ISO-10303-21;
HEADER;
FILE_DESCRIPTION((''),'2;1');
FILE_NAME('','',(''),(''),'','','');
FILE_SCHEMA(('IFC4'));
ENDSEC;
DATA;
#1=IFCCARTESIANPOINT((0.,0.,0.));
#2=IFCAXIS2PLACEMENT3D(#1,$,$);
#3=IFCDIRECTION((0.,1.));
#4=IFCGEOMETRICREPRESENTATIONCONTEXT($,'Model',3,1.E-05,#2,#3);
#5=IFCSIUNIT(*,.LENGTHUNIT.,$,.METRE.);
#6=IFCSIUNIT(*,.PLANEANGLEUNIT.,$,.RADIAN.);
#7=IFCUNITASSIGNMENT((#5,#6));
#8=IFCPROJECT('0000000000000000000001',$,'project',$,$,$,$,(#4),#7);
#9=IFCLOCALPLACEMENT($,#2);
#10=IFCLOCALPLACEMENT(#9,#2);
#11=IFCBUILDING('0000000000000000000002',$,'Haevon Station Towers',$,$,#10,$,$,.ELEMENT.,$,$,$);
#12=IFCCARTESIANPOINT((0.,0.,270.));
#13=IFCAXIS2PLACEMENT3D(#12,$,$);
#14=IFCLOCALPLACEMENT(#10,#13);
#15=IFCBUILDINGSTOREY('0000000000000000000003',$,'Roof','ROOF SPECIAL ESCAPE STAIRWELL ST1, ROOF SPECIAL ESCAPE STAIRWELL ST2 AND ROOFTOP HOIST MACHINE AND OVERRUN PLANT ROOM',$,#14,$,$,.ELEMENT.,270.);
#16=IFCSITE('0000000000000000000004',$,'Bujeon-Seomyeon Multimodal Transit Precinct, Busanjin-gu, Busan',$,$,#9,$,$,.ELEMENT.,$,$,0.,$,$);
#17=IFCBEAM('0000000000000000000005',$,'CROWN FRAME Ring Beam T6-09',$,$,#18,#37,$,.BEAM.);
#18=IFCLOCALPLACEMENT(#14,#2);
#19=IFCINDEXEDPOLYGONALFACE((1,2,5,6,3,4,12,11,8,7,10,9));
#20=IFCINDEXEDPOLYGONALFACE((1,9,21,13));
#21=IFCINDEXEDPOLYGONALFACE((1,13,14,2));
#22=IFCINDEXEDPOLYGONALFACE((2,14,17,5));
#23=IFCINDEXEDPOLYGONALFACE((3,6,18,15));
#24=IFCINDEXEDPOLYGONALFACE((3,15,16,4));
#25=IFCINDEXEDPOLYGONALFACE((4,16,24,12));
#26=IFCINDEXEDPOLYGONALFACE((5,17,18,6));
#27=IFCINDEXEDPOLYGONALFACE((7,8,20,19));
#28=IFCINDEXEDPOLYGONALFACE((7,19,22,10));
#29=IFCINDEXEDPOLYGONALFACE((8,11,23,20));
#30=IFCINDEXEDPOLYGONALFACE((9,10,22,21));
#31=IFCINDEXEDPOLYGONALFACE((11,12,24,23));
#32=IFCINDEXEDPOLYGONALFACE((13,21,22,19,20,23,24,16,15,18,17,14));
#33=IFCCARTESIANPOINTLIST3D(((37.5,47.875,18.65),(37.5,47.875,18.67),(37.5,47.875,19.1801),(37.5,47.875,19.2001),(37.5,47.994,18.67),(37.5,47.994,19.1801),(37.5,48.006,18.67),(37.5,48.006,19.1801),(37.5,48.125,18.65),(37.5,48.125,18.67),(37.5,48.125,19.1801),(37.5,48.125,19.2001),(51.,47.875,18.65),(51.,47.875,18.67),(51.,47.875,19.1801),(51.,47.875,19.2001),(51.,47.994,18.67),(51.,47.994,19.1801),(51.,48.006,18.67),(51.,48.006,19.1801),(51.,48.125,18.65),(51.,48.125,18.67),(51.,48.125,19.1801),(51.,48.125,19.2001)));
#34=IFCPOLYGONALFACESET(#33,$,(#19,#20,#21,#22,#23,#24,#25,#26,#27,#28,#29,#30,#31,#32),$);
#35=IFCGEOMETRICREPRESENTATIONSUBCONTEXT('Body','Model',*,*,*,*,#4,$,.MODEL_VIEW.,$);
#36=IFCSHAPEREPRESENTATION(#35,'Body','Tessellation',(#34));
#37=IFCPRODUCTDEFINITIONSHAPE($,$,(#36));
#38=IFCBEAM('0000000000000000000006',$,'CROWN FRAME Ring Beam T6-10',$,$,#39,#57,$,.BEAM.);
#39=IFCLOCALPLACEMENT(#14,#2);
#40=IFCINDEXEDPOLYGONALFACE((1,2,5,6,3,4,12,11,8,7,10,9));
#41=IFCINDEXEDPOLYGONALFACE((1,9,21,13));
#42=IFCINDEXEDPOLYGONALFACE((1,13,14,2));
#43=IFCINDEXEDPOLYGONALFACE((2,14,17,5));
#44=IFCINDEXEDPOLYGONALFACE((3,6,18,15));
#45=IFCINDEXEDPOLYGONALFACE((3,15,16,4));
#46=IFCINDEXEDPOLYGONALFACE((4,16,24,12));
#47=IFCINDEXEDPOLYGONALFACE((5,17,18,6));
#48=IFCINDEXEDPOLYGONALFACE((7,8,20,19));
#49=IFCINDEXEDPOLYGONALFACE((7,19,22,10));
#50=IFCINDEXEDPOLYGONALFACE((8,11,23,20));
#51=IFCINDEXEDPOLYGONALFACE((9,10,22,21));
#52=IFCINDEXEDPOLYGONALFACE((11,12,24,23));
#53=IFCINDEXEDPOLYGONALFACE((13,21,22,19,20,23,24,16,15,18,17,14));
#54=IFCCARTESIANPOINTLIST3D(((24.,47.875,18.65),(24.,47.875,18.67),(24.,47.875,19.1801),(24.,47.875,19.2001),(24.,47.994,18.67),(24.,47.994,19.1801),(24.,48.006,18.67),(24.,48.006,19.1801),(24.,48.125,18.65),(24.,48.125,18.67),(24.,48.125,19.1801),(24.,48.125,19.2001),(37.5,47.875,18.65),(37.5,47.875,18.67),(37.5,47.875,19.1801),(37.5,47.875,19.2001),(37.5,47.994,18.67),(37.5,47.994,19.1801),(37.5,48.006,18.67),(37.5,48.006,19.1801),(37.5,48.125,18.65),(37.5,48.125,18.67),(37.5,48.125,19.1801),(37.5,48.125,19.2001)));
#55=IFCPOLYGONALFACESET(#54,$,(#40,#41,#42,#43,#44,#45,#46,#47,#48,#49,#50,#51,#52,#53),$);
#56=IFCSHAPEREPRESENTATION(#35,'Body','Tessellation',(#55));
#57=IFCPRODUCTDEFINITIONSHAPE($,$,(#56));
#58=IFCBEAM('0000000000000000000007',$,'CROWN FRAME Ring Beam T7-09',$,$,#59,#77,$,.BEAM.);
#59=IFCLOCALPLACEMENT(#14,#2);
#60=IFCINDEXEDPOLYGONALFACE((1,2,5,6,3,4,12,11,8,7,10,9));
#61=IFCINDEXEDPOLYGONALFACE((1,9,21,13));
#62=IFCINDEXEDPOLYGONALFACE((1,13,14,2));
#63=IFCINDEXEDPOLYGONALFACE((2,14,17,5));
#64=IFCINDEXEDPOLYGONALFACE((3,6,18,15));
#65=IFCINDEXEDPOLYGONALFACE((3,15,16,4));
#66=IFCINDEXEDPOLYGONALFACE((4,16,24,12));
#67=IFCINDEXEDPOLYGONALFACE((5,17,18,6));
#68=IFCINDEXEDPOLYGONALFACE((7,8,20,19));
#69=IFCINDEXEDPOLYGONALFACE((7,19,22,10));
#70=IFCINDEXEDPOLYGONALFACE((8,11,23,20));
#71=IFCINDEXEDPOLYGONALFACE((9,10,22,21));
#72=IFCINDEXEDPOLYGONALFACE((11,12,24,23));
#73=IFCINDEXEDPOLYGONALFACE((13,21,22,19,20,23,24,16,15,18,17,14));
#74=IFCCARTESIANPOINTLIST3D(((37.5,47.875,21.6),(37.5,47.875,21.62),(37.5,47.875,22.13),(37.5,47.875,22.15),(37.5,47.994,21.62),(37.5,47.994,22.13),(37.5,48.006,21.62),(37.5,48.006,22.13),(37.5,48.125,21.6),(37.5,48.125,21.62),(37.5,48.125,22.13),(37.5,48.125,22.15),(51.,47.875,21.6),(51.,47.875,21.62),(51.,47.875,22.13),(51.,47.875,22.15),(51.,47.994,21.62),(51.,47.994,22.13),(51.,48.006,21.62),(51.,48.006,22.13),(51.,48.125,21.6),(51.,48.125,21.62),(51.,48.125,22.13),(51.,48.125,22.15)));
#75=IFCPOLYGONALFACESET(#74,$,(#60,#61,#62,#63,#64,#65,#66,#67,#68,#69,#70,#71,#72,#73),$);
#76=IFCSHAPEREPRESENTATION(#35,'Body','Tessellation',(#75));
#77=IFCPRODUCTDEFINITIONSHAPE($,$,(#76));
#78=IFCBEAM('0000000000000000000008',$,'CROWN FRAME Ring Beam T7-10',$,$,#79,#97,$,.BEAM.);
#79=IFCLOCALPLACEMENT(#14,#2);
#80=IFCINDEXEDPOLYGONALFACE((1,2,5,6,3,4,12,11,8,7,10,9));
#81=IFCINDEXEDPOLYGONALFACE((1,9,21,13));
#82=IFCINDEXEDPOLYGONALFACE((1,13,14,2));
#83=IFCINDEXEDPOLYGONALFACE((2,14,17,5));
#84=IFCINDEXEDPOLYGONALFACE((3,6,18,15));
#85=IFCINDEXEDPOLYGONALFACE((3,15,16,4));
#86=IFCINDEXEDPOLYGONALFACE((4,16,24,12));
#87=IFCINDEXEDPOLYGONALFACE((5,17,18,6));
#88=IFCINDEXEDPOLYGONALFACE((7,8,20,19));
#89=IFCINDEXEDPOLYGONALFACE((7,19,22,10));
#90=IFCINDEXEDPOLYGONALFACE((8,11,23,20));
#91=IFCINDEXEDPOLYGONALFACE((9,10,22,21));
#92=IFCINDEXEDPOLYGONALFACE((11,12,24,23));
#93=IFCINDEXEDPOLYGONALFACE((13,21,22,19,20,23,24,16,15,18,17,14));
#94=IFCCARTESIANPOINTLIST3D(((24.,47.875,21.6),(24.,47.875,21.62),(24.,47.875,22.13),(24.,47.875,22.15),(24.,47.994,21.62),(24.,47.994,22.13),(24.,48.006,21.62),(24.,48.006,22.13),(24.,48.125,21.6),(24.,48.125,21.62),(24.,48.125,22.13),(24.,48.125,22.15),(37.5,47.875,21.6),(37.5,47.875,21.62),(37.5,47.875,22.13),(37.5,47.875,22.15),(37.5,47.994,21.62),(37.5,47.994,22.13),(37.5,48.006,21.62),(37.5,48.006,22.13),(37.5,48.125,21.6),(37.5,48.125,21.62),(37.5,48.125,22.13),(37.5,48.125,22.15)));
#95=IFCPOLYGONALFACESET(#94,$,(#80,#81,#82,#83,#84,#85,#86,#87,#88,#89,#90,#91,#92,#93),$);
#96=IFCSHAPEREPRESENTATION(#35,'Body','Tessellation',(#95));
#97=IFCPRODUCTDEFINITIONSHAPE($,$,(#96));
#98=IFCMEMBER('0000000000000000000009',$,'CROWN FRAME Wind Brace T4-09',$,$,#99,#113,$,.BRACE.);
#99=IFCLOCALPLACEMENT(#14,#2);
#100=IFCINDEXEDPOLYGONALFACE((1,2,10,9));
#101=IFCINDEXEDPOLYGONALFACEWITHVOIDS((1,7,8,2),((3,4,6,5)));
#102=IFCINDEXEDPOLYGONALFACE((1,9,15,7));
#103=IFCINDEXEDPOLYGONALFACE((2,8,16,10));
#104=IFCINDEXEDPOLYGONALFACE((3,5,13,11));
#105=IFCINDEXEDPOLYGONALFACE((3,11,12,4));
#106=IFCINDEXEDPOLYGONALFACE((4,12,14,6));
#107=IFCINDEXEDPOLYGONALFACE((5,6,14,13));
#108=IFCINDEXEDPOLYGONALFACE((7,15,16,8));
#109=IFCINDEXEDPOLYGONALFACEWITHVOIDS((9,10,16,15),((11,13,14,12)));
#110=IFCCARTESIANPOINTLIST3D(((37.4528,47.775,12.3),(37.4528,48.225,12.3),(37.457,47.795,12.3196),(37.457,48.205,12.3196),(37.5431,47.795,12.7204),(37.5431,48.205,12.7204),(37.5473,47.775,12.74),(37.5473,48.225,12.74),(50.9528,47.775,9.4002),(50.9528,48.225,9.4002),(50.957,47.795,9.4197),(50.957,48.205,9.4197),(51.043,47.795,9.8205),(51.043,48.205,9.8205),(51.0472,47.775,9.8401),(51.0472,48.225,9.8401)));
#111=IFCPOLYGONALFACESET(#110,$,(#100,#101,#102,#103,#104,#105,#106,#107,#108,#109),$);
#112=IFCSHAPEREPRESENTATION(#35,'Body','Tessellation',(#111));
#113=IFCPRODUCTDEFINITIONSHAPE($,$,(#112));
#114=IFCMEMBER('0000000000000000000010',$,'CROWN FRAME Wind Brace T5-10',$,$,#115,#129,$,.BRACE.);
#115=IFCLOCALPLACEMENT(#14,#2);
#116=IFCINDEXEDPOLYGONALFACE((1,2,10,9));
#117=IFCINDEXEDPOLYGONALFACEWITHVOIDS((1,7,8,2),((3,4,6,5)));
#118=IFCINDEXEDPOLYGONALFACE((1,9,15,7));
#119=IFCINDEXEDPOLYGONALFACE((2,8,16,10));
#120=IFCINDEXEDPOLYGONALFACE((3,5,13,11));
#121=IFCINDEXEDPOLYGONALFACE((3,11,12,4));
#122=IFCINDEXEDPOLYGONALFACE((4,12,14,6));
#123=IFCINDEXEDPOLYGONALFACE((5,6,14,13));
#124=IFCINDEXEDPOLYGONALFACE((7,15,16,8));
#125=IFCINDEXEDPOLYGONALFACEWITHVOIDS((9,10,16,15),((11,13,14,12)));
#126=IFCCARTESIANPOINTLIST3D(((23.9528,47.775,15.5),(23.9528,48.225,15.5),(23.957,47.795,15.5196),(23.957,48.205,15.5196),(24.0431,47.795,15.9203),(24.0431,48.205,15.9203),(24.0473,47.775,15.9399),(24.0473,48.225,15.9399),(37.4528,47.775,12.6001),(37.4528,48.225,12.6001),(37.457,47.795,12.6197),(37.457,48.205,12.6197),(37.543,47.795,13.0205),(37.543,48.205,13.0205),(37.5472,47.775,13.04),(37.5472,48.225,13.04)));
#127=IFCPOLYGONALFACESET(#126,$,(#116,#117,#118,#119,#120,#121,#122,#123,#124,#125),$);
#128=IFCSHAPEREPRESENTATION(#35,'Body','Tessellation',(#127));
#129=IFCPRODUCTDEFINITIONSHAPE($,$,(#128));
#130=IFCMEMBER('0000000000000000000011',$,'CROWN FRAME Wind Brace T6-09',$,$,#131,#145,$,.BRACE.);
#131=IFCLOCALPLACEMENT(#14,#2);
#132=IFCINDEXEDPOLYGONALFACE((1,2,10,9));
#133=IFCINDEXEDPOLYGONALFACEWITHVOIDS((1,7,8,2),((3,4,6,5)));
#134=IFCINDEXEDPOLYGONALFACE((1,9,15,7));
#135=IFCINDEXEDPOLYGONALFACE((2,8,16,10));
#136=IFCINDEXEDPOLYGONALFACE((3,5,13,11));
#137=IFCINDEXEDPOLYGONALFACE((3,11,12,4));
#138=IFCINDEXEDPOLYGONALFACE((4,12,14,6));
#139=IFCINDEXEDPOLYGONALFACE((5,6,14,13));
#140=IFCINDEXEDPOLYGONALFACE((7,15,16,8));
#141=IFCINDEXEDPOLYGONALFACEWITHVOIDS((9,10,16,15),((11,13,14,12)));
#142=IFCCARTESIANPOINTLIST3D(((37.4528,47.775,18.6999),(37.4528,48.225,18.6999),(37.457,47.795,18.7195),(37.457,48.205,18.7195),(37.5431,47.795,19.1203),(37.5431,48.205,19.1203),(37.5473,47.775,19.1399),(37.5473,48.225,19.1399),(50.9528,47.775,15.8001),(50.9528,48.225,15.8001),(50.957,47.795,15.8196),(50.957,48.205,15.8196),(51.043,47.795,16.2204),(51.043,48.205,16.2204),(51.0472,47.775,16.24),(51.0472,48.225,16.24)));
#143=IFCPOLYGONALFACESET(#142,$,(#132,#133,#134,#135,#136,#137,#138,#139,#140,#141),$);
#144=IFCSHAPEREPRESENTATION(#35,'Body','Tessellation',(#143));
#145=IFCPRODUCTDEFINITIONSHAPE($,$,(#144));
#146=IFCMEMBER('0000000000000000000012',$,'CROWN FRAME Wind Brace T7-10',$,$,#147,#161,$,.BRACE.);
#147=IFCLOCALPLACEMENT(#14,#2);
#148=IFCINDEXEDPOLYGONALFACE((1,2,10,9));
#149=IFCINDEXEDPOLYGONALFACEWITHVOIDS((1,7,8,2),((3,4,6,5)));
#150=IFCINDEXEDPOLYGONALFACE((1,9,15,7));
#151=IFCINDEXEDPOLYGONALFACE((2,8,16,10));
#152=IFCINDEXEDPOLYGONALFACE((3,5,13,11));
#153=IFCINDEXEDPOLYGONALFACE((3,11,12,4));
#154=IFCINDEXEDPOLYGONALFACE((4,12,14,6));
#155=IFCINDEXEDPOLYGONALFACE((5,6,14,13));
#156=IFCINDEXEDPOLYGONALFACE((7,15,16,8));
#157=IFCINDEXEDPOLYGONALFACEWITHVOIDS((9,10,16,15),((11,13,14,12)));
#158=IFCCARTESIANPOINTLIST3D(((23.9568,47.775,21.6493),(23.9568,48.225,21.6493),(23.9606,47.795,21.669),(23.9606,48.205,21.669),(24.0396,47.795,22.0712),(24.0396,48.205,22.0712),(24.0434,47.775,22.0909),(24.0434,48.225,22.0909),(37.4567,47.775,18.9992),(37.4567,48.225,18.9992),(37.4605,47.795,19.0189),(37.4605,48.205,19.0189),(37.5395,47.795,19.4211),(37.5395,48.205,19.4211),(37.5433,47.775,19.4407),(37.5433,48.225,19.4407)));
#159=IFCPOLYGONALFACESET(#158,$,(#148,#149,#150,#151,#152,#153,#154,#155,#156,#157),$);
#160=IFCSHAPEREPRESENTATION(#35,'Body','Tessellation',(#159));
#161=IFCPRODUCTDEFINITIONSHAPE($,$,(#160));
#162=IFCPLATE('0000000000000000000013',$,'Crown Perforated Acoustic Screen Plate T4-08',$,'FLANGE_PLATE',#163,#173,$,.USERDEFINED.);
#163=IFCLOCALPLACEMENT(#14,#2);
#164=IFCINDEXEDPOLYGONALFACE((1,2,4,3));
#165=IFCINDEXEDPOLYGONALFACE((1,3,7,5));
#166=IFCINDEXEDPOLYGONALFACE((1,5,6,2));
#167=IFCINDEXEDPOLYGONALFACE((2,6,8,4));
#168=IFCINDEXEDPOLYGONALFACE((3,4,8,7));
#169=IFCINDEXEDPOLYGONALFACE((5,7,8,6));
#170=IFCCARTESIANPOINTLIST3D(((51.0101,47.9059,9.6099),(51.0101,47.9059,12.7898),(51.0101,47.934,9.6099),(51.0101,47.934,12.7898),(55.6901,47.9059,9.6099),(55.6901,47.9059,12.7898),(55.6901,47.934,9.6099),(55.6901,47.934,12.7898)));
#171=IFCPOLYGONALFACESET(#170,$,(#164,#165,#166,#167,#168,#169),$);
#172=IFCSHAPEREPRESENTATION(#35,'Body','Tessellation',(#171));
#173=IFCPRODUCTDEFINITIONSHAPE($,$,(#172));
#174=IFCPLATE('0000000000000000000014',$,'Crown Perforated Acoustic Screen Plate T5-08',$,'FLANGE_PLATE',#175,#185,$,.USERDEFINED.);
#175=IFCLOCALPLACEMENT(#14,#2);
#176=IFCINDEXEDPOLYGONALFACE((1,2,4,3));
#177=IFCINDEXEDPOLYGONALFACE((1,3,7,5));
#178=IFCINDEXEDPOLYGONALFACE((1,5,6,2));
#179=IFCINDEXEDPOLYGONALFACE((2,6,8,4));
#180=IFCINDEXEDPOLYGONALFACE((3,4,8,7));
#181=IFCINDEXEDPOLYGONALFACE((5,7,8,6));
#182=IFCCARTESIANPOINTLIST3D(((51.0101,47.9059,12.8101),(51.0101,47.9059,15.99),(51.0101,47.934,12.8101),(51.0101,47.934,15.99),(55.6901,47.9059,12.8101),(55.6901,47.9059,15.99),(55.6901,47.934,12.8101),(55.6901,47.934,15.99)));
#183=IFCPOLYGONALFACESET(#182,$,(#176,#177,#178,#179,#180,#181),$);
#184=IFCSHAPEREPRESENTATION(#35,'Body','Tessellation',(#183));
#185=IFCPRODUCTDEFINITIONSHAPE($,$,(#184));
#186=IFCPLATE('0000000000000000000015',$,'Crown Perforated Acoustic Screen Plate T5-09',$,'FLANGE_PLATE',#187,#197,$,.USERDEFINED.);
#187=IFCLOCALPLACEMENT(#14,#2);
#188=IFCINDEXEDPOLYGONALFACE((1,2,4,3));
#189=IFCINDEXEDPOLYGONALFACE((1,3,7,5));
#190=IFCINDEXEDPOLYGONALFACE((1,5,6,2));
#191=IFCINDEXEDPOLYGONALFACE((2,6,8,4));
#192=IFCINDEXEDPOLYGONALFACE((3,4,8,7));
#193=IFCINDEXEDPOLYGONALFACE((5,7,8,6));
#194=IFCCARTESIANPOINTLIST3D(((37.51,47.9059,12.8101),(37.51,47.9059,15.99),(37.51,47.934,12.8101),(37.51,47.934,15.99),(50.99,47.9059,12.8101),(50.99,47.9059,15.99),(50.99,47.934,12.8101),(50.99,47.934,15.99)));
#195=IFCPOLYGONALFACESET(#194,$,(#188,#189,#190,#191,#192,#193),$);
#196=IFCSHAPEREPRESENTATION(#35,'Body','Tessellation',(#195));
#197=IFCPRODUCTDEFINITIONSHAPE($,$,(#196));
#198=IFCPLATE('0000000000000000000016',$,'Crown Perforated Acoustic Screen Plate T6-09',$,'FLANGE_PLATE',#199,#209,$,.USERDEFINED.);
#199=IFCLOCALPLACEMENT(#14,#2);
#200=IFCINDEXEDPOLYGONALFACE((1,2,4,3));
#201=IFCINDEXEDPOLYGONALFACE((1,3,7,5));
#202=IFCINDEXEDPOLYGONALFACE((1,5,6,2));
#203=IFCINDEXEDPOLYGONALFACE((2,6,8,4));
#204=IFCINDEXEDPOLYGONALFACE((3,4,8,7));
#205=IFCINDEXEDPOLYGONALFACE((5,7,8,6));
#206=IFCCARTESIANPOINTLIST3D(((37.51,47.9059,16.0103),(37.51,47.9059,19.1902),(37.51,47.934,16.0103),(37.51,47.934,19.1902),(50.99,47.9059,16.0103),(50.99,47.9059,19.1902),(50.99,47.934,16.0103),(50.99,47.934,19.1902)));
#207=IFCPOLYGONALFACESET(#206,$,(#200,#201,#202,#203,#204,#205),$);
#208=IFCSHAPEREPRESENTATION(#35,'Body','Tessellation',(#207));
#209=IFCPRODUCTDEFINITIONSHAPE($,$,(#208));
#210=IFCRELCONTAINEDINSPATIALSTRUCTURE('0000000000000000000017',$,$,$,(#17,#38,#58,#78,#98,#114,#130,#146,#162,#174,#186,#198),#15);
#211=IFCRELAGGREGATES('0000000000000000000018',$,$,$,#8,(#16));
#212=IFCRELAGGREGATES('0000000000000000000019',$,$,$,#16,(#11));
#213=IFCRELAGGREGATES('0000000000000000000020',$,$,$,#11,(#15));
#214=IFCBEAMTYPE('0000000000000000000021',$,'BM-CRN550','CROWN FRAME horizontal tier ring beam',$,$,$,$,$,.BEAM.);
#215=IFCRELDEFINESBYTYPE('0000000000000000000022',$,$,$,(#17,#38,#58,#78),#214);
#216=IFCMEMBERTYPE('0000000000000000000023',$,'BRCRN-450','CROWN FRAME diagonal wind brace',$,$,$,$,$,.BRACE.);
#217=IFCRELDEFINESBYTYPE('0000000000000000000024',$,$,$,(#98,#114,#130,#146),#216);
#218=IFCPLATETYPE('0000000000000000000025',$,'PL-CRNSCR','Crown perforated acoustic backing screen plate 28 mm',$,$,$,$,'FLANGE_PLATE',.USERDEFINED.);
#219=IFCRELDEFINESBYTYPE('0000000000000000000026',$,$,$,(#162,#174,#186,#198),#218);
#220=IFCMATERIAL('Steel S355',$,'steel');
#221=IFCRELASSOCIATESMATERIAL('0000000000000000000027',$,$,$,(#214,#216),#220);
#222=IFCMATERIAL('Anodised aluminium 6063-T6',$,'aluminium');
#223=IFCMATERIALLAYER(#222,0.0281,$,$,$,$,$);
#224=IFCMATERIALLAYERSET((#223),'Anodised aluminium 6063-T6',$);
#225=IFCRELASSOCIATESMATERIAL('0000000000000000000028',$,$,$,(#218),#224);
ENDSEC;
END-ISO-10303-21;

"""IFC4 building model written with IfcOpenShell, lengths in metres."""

from ifc_helpers import new_model, si_unit, direction, frame, origin, origin_2d, place, context, subcontext, project, spatial, rectangle, hollow_rectangle, i_section, extrude, material, layer, layer_set, material_profile, profile_set, type_object, element, save


model = new_model("IFC4")

# Units and contexts
model_context = context("Model", 3, precision=1e-05, world=origin(), true_north=direction((0.0, 1.0)))
body_context = subcontext(model_context, "Body", "Model", "MODEL_VIEW")
ifc_project = project(units=[si_unit("LENGTHUNIT", "METRE"), si_unit("PLANEANGLEUNIT", "RADIAN")], contexts=[model_context])

# Site, building, storey
site_placement = place(None, origin())
site = spatial("IfcSite", under=ifc_project, at=site_placement, Name="Bujeon-Seomyeon Multimodal Transit Precinct, Busanjin-gu, Busan", CompositionType="ELEMENT", RefElevation=0.0)
building_placement = place(site_placement, origin())
building = spatial("IfcBuilding", under=site, at=building_placement, Name="Haevon Station Towers", CompositionType="ELEMENT")
storey_placement = place(building_placement, frame((0.0, 0.0, 270.0)))
storey = spatial("IfcBuildingStorey", under=building, at=storey_placement, Name="Roof", Description="ROOF SPECIAL ESCAPE STAIRWELL ST1, ROOF SPECIAL ESCAPE STAIRWELL ST2 AND ROOFTOP HOIST MACHINE AND OVERRUN PLANT ROOM", CompositionType="ELEMENT", Elevation=270.0)

# Shared definitions
ifc_material_1 = material(Name="Steel S355", Category="steel")

# Beams
ifc_material_profile_1 = material_profile(ifc_material_1, i_section(OverallWidth=0.25, OverallDepth=0.55, WebThickness=0.012, FlangeThickness=0.02, at=origin_2d()), Name="H-550x250x12x20")
ifc_profile_set_1 = profile_set([ifc_material_profile_1], Name="Steel S355")
beam_type = type_object("IfcBeamType", Name="BM-CRN550", Description="CROWN FRAME horizontal tier ring beam", PredefinedType="BEAM", material=ifc_profile_set_1)
for number, where, z_axis, x_axis, name in (
    (1, (51.0, 48.0, 18.925), (-1.0, 0.0, 0.0), (0.0, -1.0, 0.0), "CROWN FRAME Ring Beam T6-09"),
    (2, (37.5, 48.0, 18.925), (-1.0, 0.0, 0.0), (0.0, -1.0, 0.0), "CROWN FRAME Ring Beam T6-10"),
    (3, (51.0, 48.0, 21.875), (-1.0, 0.0, 0.0), (0.0, -1.0, 0.0), "CROWN FRAME Ring Beam T7-09"),
    (4, (37.5, 48.0, 21.875), (-1.0, 0.0, 0.0), (0.0, -1.0, 0.0), "CROWN FRAME Ring Beam T7-10"),
):
    element("IfcBeam", number, at=place(storey_placement, frame(where, z_axis=z_axis, x_axis=x_axis)), inside=storey, type_object=beam_type, Name=name, PredefinedType="BEAM", context=body_context, shape_type="SweptSolid", body=[
        extrude(i_section(OverallWidth=0.25, OverallDepth=0.55, WebThickness=0.012, FlangeThickness=0.02, at=origin_2d()), origin(), (0.0, 0.0, 1.0), 13.5),
    ])

# Members
ifc_material_profile_2 = material_profile(ifc_material_1, hollow_rectangle(XDim=0.45, YDim=0.45, WallThickness=0.02, at=origin_2d()), Name="RHS-450x450x20")
ifc_profile_set_2 = profile_set([ifc_material_profile_2], Name="Steel S355")
member_type = type_object("IfcMemberType", Name="BRCRN-450", Description="CROWN FRAME diagonal wind brace", PredefinedType="BRACE", material=ifc_profile_set_2)
for number, where, z_axis, x_axis, name in (
    (5, (51.0, 48.0, 9.6201), (-0.977698, 0.0, 0.210017), (0.0, -1.0, 0.0), "CROWN FRAME Wind Brace T4-09"),
    (6, (37.5, 48.0, 12.8201), (-0.977698, 0.0, 0.210017), (0.0, -1.0, 0.0), "CROWN FRAME Wind Brace T5-10"),
    (7, (51.0, 48.0, 16.02), (-0.977698, 0.0, 0.210017), (0.0, -1.0, 0.0), "CROWN FRAME Wind Brace T6-09"),
):
    element("IfcMember", number, at=place(storey_placement, frame(where, z_axis=z_axis, x_axis=x_axis)), inside=storey, type_object=member_type, Name=name, PredefinedType="BRACE", context=body_context, shape_type="SweptSolid", body=[
        extrude(hollow_rectangle(XDim=0.45, YDim=0.45, WallThickness=0.02, at=origin_2d()), origin(), (0.0, 0.0, 1.0), 13.8079),
    ])
member_placement = place(storey_placement, frame((37.5, 48.0, 19.22), z_axis=(-0.981271, 0.0, 0.192631), x_axis=(0.0, -1.0, 0.0)))
element("IfcMember", 8, at=member_placement, inside=storey, type_object=member_type, Name="CROWN FRAME Wind Brace T7-10", PredefinedType="BRACE", context=body_context, shape_type="SweptSolid", body=[
    extrude(hollow_rectangle(XDim=0.45, YDim=0.45, WallThickness=0.02, at=origin_2d()), origin(), (0.0, 0.0, 1.0), 13.7576),
])

# Plates
ifc_material_2 = material(Name="Anodised aluminium 6063-T6", Category="aluminium")
ifc_layer_1 = layer(ifc_material_2, 0.0281)
ifc_layer_set_1 = layer_set([ifc_layer_1], Name="Anodised aluminium 6063-T6")
plate_type_1 = type_object("IfcPlateType", Name="PL-CRNSCR", Description="Crown perforated acoustic backing screen plate 28 mm", ElementType="FLANGE_PLATE", PredefinedType="USERDEFINED", material=ifc_layer_set_1)
for number, where, z_axis, x_axis, name in (
    (9, (53.3501, 47.9199, 9.6099), (0.0, 0.0, 1.0), (-1.0, 0.0, 0.0), "Crown Perforated Acoustic Screen Plate T4-08"),
    (10, (53.3501, 47.9199, 12.8101), (0.0, 0.0, 1.0), (-1.0, 0.0, 0.0), "Crown Perforated Acoustic Screen Plate T5-08"),
):
    element("IfcPlate", number, at=place(storey_placement, frame(where, z_axis=z_axis, x_axis=x_axis)), inside=storey, type_object=plate_type_1, Name=name, ObjectType="FLANGE_PLATE", PredefinedType="USERDEFINED", context=body_context, shape_type="SweptSolid", body=[
        extrude(rectangle(XDim=4.6799, YDim=0.0281, at=origin_2d()), origin(), (0.0, 0.0, 1.0), 3.1799),
    ])
for number, where, z_axis, x_axis, name in (
    (11, (44.25, 47.9199, 12.8101), (0.0, 0.0, 1.0), (-1.0, 0.0, 0.0), "Crown Perforated Acoustic Screen Plate T5-09"),
    (12, (44.25, 47.9199, 16.0103), (0.0, 0.0, 1.0), (-1.0, 0.0, 0.0), "Crown Perforated Acoustic Screen Plate T6-09"),
):
    element("IfcPlate", number, at=place(storey_placement, frame(where, z_axis=z_axis, x_axis=x_axis)), inside=storey, type_object=plate_type_1, Name=name, ObjectType="FLANGE_PLATE", PredefinedType="USERDEFINED", context=body_context, shape_type="SweptSolid", body=[
        extrude(rectangle(XDim=13.48, YDim=0.0281, at=origin_2d()), origin(), (0.0, 0.0, 1.0), 3.1799),
    ])

save(model, "model.ifc")
